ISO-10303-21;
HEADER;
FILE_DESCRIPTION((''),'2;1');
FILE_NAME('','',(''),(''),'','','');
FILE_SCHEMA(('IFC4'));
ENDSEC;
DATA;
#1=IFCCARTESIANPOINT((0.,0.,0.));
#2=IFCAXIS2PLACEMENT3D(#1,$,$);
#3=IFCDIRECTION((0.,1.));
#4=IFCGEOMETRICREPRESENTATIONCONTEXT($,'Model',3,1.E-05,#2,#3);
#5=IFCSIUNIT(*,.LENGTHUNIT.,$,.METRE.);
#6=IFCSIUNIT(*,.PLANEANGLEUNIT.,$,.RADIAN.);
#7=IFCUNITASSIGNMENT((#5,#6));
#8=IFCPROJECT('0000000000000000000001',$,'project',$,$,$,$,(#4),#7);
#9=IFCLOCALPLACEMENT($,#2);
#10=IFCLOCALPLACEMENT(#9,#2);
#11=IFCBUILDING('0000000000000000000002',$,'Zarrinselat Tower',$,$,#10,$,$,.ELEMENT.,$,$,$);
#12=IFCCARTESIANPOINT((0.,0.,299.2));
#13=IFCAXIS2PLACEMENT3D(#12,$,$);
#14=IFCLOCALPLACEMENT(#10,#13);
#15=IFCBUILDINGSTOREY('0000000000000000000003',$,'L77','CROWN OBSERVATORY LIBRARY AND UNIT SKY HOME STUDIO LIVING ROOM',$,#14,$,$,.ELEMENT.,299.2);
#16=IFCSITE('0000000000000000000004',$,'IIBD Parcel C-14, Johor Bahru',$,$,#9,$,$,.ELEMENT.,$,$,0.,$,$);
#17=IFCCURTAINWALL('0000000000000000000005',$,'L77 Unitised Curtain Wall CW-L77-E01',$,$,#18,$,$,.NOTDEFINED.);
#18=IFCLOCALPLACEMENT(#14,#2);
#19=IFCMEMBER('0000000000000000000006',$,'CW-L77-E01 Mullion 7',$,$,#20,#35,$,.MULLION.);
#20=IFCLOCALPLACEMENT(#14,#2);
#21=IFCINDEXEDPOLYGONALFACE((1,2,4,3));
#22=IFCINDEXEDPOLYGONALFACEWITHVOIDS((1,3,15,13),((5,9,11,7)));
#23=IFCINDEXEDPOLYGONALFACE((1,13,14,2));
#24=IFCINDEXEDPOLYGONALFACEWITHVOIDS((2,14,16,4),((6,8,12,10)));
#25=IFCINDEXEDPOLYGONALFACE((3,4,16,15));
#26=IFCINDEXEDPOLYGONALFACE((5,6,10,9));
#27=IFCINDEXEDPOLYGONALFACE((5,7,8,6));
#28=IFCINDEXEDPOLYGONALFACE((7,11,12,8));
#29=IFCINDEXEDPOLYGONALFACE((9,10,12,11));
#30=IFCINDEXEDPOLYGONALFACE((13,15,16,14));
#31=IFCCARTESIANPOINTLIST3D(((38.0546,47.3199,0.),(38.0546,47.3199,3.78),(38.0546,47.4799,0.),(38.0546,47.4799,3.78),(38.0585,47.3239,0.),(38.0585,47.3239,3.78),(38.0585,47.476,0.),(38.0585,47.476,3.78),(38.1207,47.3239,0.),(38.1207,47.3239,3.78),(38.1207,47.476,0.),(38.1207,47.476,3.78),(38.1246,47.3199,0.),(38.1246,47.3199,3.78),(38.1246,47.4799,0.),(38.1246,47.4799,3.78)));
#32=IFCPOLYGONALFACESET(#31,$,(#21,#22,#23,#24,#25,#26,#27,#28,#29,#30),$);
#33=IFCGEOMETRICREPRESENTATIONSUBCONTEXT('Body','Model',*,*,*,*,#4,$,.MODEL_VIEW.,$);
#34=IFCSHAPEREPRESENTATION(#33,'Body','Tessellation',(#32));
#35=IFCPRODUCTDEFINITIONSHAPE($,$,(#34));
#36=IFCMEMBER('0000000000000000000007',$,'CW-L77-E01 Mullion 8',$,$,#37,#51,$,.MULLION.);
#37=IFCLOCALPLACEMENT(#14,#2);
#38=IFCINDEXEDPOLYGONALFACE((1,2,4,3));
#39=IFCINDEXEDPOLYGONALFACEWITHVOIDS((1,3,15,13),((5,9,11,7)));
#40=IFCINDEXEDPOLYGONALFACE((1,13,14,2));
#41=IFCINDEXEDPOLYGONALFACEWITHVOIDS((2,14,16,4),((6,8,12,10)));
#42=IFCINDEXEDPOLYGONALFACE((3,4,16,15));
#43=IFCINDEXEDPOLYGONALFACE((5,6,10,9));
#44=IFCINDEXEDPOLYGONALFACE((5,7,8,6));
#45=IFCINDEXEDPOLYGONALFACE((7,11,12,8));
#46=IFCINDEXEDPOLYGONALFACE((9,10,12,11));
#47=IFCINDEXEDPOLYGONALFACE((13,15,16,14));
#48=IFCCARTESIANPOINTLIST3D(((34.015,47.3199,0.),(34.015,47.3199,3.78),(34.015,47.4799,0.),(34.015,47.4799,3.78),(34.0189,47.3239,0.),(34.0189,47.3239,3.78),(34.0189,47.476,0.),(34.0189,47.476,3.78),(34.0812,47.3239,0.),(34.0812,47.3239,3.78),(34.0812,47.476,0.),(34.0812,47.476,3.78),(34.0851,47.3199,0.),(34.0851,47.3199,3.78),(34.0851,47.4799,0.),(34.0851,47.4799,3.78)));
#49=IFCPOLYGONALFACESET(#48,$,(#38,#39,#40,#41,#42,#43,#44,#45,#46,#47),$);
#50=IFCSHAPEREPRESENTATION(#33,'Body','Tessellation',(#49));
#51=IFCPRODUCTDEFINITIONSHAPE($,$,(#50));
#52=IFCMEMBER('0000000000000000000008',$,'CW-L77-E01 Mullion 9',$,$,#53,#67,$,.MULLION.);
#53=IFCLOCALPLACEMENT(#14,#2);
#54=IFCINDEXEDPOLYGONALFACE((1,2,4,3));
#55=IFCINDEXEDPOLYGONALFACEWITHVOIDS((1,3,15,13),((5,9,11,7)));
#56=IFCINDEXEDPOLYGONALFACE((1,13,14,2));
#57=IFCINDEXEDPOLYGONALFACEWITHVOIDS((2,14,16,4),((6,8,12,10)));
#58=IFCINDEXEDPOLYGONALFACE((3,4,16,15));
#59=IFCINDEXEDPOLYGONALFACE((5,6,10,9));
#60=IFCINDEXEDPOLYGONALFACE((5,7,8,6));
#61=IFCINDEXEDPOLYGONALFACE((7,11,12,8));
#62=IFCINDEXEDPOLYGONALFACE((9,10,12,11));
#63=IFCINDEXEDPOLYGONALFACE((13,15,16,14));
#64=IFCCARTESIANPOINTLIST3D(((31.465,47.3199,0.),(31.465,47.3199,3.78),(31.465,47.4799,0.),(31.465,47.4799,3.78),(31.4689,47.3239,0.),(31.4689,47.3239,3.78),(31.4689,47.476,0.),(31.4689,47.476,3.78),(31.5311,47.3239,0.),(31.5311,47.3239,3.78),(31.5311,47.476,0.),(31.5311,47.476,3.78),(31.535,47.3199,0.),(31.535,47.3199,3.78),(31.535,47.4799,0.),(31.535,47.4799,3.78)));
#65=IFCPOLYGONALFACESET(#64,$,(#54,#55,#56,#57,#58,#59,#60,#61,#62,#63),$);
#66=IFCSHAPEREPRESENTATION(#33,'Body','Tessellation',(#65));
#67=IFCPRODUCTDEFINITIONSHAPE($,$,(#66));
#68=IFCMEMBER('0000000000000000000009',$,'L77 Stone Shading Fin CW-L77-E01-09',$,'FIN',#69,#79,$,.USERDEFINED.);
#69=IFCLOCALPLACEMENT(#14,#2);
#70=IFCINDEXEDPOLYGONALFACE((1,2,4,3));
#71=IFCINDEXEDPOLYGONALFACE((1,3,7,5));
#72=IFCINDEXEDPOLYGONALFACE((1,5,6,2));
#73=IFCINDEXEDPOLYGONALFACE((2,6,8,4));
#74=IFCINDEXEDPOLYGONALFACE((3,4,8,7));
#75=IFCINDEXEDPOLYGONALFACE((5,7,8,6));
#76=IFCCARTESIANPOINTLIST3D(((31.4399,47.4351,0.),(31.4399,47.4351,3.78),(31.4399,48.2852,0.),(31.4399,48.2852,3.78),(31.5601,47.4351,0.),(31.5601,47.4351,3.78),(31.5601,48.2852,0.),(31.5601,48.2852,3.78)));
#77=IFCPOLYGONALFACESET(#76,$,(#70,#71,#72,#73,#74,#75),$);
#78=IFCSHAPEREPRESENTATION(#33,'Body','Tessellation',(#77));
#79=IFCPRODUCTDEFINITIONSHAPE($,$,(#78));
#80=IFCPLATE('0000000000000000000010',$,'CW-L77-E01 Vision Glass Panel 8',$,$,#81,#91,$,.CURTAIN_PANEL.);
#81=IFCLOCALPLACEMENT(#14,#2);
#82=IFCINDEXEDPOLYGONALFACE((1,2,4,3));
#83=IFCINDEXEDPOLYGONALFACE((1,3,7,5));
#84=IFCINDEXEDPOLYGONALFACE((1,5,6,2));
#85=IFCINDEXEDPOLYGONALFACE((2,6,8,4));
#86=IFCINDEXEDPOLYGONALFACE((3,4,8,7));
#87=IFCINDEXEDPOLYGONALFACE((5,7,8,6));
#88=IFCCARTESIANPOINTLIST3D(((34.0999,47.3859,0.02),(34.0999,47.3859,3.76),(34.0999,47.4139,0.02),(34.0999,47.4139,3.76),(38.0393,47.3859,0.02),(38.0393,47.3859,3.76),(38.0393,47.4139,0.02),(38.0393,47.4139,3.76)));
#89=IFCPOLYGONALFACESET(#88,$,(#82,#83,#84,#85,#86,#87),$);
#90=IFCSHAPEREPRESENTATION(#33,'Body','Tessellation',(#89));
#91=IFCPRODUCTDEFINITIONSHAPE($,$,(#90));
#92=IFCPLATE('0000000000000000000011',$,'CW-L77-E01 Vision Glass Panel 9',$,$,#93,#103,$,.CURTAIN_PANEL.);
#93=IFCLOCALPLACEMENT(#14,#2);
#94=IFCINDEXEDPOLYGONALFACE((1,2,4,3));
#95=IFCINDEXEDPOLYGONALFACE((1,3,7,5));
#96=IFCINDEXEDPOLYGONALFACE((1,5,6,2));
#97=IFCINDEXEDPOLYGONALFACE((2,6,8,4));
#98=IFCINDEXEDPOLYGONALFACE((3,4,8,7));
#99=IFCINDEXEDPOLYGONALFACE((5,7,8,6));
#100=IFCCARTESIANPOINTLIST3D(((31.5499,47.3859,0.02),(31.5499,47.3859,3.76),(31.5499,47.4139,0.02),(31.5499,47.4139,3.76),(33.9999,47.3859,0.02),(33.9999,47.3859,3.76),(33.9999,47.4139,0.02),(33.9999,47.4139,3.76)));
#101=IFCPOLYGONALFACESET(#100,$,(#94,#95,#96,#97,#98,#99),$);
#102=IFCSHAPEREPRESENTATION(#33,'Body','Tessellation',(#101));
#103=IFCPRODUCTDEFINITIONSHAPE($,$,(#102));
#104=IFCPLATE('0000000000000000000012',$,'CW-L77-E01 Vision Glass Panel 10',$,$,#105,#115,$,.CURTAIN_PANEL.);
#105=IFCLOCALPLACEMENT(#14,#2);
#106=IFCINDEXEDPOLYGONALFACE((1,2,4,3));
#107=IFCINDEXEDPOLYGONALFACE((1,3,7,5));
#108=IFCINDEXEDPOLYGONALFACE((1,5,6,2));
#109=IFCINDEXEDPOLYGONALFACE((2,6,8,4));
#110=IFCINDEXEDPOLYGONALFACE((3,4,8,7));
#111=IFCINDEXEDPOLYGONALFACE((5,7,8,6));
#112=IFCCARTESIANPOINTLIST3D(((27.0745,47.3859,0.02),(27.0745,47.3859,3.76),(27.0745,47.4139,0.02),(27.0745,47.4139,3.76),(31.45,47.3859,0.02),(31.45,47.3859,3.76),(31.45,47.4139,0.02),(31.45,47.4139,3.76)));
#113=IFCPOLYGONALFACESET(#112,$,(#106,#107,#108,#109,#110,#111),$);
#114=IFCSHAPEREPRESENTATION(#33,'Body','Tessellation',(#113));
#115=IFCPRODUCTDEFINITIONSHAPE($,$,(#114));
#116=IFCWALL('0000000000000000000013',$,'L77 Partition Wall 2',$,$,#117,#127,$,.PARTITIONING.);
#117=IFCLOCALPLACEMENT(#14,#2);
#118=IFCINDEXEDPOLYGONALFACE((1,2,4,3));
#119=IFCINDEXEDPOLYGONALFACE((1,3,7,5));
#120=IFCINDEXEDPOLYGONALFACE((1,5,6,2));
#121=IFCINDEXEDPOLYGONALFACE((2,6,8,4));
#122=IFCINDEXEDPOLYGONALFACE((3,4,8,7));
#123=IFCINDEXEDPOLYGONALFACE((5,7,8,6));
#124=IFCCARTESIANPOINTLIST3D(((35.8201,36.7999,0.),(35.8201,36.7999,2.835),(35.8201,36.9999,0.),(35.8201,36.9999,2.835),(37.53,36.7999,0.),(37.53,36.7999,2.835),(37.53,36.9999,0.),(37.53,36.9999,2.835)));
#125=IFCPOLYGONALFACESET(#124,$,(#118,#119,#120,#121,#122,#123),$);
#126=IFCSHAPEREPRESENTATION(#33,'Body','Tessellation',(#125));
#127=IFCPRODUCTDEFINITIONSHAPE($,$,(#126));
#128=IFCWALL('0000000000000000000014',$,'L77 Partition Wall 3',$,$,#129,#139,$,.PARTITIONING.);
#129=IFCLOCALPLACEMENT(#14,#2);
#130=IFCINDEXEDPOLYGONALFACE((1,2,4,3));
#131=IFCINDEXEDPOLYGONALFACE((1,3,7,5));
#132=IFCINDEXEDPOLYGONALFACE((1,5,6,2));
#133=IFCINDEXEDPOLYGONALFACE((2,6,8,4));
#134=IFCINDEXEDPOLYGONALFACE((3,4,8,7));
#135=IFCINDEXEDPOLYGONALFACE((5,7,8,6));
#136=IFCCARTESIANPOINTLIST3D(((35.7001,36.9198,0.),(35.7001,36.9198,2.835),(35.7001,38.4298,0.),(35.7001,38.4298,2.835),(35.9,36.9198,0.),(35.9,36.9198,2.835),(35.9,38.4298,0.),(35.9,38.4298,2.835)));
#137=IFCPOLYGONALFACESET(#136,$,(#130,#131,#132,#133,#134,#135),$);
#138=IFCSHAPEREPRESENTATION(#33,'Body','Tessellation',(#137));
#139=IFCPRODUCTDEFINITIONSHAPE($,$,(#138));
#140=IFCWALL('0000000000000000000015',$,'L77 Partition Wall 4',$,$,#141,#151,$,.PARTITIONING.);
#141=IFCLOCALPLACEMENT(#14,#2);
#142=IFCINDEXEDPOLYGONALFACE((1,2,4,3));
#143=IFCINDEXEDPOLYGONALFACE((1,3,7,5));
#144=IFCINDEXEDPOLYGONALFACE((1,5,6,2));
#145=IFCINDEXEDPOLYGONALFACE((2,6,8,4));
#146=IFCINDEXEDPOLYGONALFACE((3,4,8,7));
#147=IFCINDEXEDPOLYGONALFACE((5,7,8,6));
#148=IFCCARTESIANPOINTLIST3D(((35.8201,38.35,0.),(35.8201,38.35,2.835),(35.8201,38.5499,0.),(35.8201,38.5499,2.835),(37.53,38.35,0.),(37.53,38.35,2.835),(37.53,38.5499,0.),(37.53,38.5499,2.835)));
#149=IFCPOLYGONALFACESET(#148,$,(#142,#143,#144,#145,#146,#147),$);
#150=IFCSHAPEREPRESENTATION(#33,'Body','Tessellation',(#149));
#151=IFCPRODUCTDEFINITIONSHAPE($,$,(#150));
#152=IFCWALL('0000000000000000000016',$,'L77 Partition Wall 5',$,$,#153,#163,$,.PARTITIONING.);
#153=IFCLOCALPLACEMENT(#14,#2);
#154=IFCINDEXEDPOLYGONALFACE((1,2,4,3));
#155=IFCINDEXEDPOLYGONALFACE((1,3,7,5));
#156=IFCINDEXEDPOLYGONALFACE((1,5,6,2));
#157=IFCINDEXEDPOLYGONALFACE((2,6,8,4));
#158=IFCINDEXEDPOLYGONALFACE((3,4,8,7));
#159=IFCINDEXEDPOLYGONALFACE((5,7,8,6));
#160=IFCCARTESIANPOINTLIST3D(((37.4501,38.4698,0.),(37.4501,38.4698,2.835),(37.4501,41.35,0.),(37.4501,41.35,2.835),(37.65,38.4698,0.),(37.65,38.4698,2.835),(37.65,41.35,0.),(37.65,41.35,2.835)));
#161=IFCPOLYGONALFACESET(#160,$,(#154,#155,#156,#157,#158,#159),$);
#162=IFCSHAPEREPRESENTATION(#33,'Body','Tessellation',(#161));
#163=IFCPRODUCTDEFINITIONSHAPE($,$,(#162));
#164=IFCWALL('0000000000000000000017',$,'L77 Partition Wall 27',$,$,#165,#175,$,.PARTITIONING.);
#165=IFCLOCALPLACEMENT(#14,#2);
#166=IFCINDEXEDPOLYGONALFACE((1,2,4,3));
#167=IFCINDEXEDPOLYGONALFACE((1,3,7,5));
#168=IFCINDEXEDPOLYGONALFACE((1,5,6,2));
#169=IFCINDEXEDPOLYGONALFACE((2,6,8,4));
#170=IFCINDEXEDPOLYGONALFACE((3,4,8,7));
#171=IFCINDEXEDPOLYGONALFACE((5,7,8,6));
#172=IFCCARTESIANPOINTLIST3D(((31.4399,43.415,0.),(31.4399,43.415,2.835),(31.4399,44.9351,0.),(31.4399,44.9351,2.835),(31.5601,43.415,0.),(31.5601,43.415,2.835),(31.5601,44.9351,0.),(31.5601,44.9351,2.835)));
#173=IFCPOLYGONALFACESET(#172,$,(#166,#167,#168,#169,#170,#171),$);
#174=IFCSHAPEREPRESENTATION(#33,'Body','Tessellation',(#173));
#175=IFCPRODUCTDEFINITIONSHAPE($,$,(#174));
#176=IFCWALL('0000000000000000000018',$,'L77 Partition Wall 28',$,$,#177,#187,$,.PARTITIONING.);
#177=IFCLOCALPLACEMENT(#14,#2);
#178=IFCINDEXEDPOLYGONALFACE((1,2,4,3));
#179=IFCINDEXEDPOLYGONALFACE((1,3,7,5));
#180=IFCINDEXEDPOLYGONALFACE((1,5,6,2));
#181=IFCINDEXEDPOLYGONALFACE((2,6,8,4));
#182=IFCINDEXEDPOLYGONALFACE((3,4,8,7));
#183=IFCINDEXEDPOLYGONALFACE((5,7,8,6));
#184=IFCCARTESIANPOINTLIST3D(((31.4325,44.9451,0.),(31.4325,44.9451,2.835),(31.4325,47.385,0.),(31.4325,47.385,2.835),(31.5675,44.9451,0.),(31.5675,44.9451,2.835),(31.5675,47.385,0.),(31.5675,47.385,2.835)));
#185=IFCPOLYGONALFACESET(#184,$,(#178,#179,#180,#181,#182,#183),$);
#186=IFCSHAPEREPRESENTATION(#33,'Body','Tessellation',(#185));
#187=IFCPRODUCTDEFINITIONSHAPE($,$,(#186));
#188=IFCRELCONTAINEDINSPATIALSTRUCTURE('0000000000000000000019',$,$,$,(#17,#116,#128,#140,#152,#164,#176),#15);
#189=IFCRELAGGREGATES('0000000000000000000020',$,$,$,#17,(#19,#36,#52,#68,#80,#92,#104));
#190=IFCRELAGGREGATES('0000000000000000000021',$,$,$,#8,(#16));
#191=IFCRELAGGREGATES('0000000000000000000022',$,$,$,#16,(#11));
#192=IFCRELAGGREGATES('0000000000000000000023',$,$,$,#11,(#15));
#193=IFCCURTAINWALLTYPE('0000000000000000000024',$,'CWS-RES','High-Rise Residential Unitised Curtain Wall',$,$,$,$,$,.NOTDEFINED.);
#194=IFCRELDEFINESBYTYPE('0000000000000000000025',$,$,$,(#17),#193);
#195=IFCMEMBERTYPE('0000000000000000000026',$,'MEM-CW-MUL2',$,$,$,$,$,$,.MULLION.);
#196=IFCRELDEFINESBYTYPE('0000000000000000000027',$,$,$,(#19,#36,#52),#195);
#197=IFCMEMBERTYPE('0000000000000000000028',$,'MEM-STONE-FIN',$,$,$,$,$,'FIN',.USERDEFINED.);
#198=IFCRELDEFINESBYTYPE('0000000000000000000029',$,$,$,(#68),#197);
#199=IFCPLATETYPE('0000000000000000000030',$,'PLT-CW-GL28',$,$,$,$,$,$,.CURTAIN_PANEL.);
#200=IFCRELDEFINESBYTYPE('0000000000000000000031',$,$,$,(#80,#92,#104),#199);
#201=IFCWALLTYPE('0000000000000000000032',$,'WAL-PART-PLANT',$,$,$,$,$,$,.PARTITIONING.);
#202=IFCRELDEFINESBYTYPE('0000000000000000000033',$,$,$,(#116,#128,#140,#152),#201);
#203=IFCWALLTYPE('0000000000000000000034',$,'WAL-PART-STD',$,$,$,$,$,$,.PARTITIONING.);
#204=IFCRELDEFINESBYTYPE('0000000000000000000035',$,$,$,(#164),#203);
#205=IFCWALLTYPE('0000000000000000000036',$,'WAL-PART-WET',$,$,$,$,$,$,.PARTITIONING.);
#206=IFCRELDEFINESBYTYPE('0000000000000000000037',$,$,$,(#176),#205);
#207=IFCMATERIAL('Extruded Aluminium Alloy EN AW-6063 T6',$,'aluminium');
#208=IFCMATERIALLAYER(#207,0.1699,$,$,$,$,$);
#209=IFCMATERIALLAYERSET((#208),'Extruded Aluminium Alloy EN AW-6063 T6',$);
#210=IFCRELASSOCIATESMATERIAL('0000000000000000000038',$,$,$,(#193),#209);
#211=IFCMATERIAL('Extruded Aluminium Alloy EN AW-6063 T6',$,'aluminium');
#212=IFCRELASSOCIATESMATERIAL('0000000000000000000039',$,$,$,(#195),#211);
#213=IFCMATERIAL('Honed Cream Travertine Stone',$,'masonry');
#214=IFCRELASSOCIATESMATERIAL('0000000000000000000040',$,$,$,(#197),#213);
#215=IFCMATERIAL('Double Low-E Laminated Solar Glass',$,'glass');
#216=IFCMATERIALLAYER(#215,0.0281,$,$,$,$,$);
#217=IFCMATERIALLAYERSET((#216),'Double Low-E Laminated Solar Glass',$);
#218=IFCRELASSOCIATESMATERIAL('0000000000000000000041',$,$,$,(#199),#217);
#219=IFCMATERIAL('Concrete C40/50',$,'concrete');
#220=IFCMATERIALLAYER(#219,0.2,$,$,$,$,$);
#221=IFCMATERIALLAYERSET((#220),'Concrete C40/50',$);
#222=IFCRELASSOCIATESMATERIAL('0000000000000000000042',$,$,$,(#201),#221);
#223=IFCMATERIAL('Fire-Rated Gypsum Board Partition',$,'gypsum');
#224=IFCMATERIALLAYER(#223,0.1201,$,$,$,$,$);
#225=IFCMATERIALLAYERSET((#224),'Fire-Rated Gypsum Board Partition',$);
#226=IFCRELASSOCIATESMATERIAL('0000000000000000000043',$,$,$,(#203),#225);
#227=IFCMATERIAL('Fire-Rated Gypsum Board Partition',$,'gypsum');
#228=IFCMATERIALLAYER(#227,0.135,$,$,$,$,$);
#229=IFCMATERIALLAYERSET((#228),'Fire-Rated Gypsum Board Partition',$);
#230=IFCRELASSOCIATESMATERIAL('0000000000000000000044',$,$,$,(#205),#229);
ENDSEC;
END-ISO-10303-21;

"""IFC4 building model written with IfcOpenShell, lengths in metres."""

from ifc_helpers import new_model, si_unit, direction, frame, frame_2d, origin, origin_2d, place, context, subcontext, project, spatial, rectangle, hollow_rectangle, extrude, material, layer, layer_set, material_profile, profile_set, type_object, element, aggregate, save


model = new_model("IFC4")

# Units and contexts
model_context = context("Model", 3, precision=1e-05, world=origin(), true_north=direction((0.0, 1.0)))
body_context = subcontext(model_context, "Body", "Model", "MODEL_VIEW")
ifc_project = project(units=[si_unit("LENGTHUNIT", "METRE"), si_unit("PLANEANGLEUNIT", "RADIAN")], contexts=[model_context])

# Site, building, storey
site_placement = place(None, origin())
site = spatial("IfcSite", under=ifc_project, at=site_placement, Name="IIBD Parcel C-14, Johor Bahru", CompositionType="ELEMENT", RefElevation=0.0)
building_placement = place(site_placement, origin())
building = spatial("IfcBuilding", under=site, at=building_placement, Name="Zarrinselat Tower", CompositionType="ELEMENT")
storey_placement = place(building_placement, frame((0.0, 0.0, 299.2)))
storey = spatial("IfcBuildingStorey", under=building, at=storey_placement, Name="L77", Description="CROWN OBSERVATORY LIBRARY AND UNIT SKY HOME STUDIO LIVING ROOM", CompositionType="ELEMENT", Elevation=299.2)

# Curtain wall, members, plates
ifc_material_1 = material(Name="Extruded Aluminium Alloy EN AW-6063 T6", Category="aluminium")
ifc_layer_1 = layer(ifc_material_1, 0.1699)
ifc_layer_set_1 = layer_set([ifc_layer_1], Name="Extruded Aluminium Alloy EN AW-6063 T6")
curtain_wall_type = type_object("IfcCurtainWallType", Name="CWS-RES", Description="High-Rise Residential Unitised Curtain Wall", PredefinedType="NOTDEFINED", material=ifc_layer_set_1)
curtain_wall_placement = place(storey_placement, origin())
curtain_wall = element("IfcCurtainWall", 1, at=curtain_wall_placement, inside=storey, type_object=curtain_wall_type, Name="L77 Unitised Curtain Wall CW-L77-E01", PredefinedType="NOTDEFINED")
ifc_material_2 = material(Name="Extruded Aluminium Alloy EN AW-6063 T6", Category="aluminium")
ifc_material_profile_1 = material_profile(ifc_material_2, hollow_rectangle(XDim=0.0701, YDim=0.1599, WallThickness=0.0039, at=origin_2d()), Name="RHS 160x70x4")
ifc_profile_set_1 = profile_set([ifc_material_profile_1], Name="Extruded Aluminium Alloy EN AW-6063 T6")
member_type_1 = type_object("IfcMemberType", Name="MEM-CW-MUL2", PredefinedType="MULLION", material=ifc_profile_set_1)
member_1_placement = place(storey_placement, frame((38.0896, 47.3999, 0.0), z_axis=(0.0, 0.0, 1.0), x_axis=(-1.0, 0.0, 0.0)))
member_1 = element("IfcMember", 2, at=member_1_placement, type_object=member_type_1, Name="CW-L77-E01 Mullion 7", PredefinedType="MULLION", context=body_context, shape_type="SweptSolid", body=[
    extrude(hollow_rectangle(XDim=0.0701, YDim=0.1599, WallThickness=0.0039, at=origin_2d()), origin(), (0.0, 0.0, 1.0), 3.78),
])
member_2_placement = place(storey_placement, frame((34.05, 47.3999, 0.0), z_axis=(0.0, 0.0, 1.0), x_axis=(-1.0, 0.0, 0.0)))
member_2 = element("IfcMember", 3, at=member_2_placement, type_object=member_type_1, Name="CW-L77-E01 Mullion 8", PredefinedType="MULLION", context=body_context, shape_type="SweptSolid", body=[
    extrude(hollow_rectangle(XDim=0.0701, YDim=0.1599, WallThickness=0.0039, at=origin_2d()), origin(), (0.0, 0.0, 1.0), 3.78),
])
member_3_placement = place(storey_placement, frame((31.5, 47.3999, 0.0), z_axis=(0.0, 0.0, 1.0), x_axis=(-1.0, 0.0, 0.0)))
member_3 = element("IfcMember", 4, at=member_3_placement, type_object=member_type_1, Name="CW-L77-E01 Mullion 9", PredefinedType="MULLION", context=body_context, shape_type="SweptSolid", body=[
    extrude(hollow_rectangle(XDim=0.0701, YDim=0.1599, WallThickness=0.0039, at=origin_2d()), origin(), (0.0, 0.0, 1.0), 3.78),
])
ifc_material_3 = material(Name="Honed Cream Travertine Stone", Category="masonry")
ifc_material_profile_2 = material_profile(ifc_material_3, rectangle(XDim=0.1201, YDim=0.8501, at=origin_2d()), Name="FIN 850x120")
ifc_profile_set_2 = profile_set([ifc_material_profile_2], Name="Honed Cream Travertine Stone")
member_type_2 = type_object("IfcMemberType", Name="MEM-STONE-FIN", ElementType="FIN", PredefinedType="USERDEFINED", material=ifc_profile_set_2)
member_4_placement = place(storey_placement, frame((31.5, 47.8601, 0.0), z_axis=(0.0, 0.0, 1.0), x_axis=(1.0, 0.0, 0.0)))
member_4 = element("IfcMember", 5, at=member_4_placement, type_object=member_type_2, Name="L77 Stone Shading Fin CW-L77-E01-09", ObjectType="FIN", PredefinedType="USERDEFINED", context=body_context, shape_type="SweptSolid", body=[
    extrude(rectangle(XDim=0.1201, YDim=0.8501, at=origin_2d()), origin(), (0.0, 0.0, 1.0), 3.78),
])
ifc_material_4 = material(Name="Double Low-E Laminated Solar Glass", Category="glass")
ifc_layer_2 = layer(ifc_material_4, 0.0281)
ifc_layer_set_2 = layer_set([ifc_layer_2], Name="Double Low-E Laminated Solar Glass")
plate_type = type_object("IfcPlateType", Name="PLT-CW-GL28", PredefinedType="CURTAIN_PANEL", material=ifc_layer_set_2)
plate_1_placement = place(storey_placement, frame((36.0696, 47.3999, 0.02), z_axis=(0.0, 0.0, 1.0), x_axis=(-1.0, 0.0, 0.0)))
plate_1 = element("IfcPlate", 6, at=plate_1_placement, type_object=plate_type, Name="CW-L77-E01 Vision Glass Panel 8", PredefinedType="CURTAIN_PANEL", context=body_context, shape_type="SweptSolid", body=[
    extrude(rectangle(XDim=3.9395, YDim=0.0281, at=origin_2d()), origin(), (0.0, 0.0, 1.0), 3.74),
])
plate_2_placement = place(storey_placement, frame((32.7749, 47.3999, 0.02), z_axis=(0.0, 0.0, 1.0), x_axis=(-1.0, 0.0, 0.0)))
plate_2 = element("IfcPlate", 7, at=plate_2_placement, type_object=plate_type, Name="CW-L77-E01 Vision Glass Panel 9", PredefinedType="CURTAIN_PANEL", context=body_context, shape_type="SweptSolid", body=[
    extrude(rectangle(XDim=2.45, YDim=0.0281, at=origin_2d()), origin(), (0.0, 0.0, 1.0), 3.74),
])
plate_3_placement = place(storey_placement, frame((29.2622, 47.3999, 0.02), z_axis=(0.0, 0.0, 1.0), x_axis=(-1.0, 0.0, 0.0)))
plate_3 = element("IfcPlate", 8, at=plate_3_placement, type_object=plate_type, Name="CW-L77-E01 Vision Glass Panel 10", PredefinedType="CURTAIN_PANEL", context=body_context, shape_type="SweptSolid", body=[
    extrude(rectangle(XDim=4.3755, YDim=0.0281, at=origin_2d()), origin(), (0.0, 0.0, 1.0), 3.74),
])
aggregate(curtain_wall, [member_1, member_2, member_3, member_4, plate_1, plate_2, plate_3])

# Walls
ifc_material_5 = material(Name="Concrete C40/50", Category="concrete")
ifc_layer_3 = layer(ifc_material_5, 0.2)
ifc_layer_set_3 = layer_set([ifc_layer_3], Name="Concrete C40/50")
wall_type_1 = type_object("IfcWallType", Name="WAL-PART-PLANT", PredefinedType="PARTITIONING", material=ifc_layer_set_3)
wall_1_placement = place(storey_placement, frame((35.8201, 36.8999, 0.0), z_axis=(0.0, 0.0, 1.0), x_axis=(1.0, 0.0, 0.0)))
element("IfcWall", 9, at=wall_1_placement, inside=storey, type_object=wall_type_1, Name="L77 Partition Wall 2", PredefinedType="PARTITIONING", context=body_context, shape_type="SweptSolid", body=[
    extrude(rectangle(XDim=1.71, YDim=0.2, at=frame_2d((0.855, 0.0))), origin(), (0.0, 0.0, 1.0), 2.835),
])
wall_2_placement = place(storey_placement, frame((35.8, 36.9199, 0.0), z_axis=(0.0, 0.0, 1.0), x_axis=(0.0, 1.0, 0.0)))
element("IfcWall", 10, at=wall_2_placement, inside=storey, type_object=wall_type_1, Name="L77 Partition Wall 3", PredefinedType="PARTITIONING", context=body_context, shape_type="SweptSolid", body=[
    extrude(rectangle(XDim=1.51, YDim=0.2, at=frame_2d((0.7549, 0.0))), origin(), (0.0, 0.0, 1.0), 2.835),
])
wall_3_placement = place(storey_placement, frame((35.8201, 38.45, 0.0), z_axis=(0.0, 0.0, 1.0), x_axis=(1.0, 0.0, 0.0)))
element("IfcWall", 11, at=wall_3_placement, inside=storey, type_object=wall_type_1, Name="L77 Partition Wall 4", PredefinedType="PARTITIONING", context=body_context, shape_type="SweptSolid", body=[
    extrude(rectangle(XDim=1.71, YDim=0.2, at=frame_2d((0.855, 0.0))), origin(), (0.0, 0.0, 1.0), 2.835),
])
wall_4_placement = place(storey_placement, frame((37.55, 38.47, 0.0), z_axis=(0.0, 0.0, 1.0), x_axis=(0.0, 1.0, 0.0)))
element("IfcWall", 12, at=wall_4_placement, inside=storey, type_object=wall_type_1, Name="L77 Partition Wall 5", PredefinedType="PARTITIONING", context=body_context, shape_type="SweptSolid", body=[
    extrude(rectangle(XDim=2.8801, YDim=0.2, at=frame_2d((1.4399, 0.0))), origin(), (0.0, 0.0, 1.0), 2.835),
])
ifc_material_6 = material(Name="Fire-Rated Gypsum Board Partition", Category="gypsum")
ifc_layer_4 = layer(ifc_material_6, 0.1201)
ifc_layer_set_4 = layer_set([ifc_layer_4], Name="Fire-Rated Gypsum Board Partition")
wall_type_2 = type_object("IfcWallType", Name="WAL-PART-STD", PredefinedType="PARTITIONING", material=ifc_layer_set_4)
wall_5_placement = place(storey_placement, frame((31.5, 43.415, 0.0), z_axis=(0.0, 0.0, 1.0), x_axis=(0.0, 1.0, 0.0)))
element("IfcWall", 13, at=wall_5_placement, inside=storey, type_object=wall_type_2, Name="L77 Partition Wall 27", PredefinedType="PARTITIONING", context=body_context, shape_type="SweptSolid", body=[
    extrude(rectangle(XDim=1.52, YDim=0.1201, at=frame_2d((0.76, 0.0))), origin(), (0.0, 0.0, 1.0), 2.835),
])
ifc_material_7 = material(Name="Fire-Rated Gypsum Board Partition", Category="gypsum")
ifc_layer_5 = layer(ifc_material_7, 0.135)
ifc_layer_set_5 = layer_set([ifc_layer_5], Name="Fire-Rated Gypsum Board Partition")
wall_type_3 = type_object("IfcWallType", Name="WAL-PART-WET", PredefinedType="PARTITIONING", material=ifc_layer_set_5)
wall_6_placement = place(storey_placement, frame((31.5, 44.9451, 0.0), z_axis=(0.0, 0.0, 1.0), x_axis=(0.0, 1.0, 0.0)))
element("IfcWall", 14, at=wall_6_placement, inside=storey, type_object=wall_type_3, Name="L77 Partition Wall 28", PredefinedType="PARTITIONING", context=body_context, shape_type="SweptSolid", body=[
    extrude(rectangle(XDim=2.4399, YDim=0.135, at=frame_2d((1.22, 0.0))), origin(), (0.0, 0.0, 1.0), 2.835),
])

save(model, "model.ifc")
